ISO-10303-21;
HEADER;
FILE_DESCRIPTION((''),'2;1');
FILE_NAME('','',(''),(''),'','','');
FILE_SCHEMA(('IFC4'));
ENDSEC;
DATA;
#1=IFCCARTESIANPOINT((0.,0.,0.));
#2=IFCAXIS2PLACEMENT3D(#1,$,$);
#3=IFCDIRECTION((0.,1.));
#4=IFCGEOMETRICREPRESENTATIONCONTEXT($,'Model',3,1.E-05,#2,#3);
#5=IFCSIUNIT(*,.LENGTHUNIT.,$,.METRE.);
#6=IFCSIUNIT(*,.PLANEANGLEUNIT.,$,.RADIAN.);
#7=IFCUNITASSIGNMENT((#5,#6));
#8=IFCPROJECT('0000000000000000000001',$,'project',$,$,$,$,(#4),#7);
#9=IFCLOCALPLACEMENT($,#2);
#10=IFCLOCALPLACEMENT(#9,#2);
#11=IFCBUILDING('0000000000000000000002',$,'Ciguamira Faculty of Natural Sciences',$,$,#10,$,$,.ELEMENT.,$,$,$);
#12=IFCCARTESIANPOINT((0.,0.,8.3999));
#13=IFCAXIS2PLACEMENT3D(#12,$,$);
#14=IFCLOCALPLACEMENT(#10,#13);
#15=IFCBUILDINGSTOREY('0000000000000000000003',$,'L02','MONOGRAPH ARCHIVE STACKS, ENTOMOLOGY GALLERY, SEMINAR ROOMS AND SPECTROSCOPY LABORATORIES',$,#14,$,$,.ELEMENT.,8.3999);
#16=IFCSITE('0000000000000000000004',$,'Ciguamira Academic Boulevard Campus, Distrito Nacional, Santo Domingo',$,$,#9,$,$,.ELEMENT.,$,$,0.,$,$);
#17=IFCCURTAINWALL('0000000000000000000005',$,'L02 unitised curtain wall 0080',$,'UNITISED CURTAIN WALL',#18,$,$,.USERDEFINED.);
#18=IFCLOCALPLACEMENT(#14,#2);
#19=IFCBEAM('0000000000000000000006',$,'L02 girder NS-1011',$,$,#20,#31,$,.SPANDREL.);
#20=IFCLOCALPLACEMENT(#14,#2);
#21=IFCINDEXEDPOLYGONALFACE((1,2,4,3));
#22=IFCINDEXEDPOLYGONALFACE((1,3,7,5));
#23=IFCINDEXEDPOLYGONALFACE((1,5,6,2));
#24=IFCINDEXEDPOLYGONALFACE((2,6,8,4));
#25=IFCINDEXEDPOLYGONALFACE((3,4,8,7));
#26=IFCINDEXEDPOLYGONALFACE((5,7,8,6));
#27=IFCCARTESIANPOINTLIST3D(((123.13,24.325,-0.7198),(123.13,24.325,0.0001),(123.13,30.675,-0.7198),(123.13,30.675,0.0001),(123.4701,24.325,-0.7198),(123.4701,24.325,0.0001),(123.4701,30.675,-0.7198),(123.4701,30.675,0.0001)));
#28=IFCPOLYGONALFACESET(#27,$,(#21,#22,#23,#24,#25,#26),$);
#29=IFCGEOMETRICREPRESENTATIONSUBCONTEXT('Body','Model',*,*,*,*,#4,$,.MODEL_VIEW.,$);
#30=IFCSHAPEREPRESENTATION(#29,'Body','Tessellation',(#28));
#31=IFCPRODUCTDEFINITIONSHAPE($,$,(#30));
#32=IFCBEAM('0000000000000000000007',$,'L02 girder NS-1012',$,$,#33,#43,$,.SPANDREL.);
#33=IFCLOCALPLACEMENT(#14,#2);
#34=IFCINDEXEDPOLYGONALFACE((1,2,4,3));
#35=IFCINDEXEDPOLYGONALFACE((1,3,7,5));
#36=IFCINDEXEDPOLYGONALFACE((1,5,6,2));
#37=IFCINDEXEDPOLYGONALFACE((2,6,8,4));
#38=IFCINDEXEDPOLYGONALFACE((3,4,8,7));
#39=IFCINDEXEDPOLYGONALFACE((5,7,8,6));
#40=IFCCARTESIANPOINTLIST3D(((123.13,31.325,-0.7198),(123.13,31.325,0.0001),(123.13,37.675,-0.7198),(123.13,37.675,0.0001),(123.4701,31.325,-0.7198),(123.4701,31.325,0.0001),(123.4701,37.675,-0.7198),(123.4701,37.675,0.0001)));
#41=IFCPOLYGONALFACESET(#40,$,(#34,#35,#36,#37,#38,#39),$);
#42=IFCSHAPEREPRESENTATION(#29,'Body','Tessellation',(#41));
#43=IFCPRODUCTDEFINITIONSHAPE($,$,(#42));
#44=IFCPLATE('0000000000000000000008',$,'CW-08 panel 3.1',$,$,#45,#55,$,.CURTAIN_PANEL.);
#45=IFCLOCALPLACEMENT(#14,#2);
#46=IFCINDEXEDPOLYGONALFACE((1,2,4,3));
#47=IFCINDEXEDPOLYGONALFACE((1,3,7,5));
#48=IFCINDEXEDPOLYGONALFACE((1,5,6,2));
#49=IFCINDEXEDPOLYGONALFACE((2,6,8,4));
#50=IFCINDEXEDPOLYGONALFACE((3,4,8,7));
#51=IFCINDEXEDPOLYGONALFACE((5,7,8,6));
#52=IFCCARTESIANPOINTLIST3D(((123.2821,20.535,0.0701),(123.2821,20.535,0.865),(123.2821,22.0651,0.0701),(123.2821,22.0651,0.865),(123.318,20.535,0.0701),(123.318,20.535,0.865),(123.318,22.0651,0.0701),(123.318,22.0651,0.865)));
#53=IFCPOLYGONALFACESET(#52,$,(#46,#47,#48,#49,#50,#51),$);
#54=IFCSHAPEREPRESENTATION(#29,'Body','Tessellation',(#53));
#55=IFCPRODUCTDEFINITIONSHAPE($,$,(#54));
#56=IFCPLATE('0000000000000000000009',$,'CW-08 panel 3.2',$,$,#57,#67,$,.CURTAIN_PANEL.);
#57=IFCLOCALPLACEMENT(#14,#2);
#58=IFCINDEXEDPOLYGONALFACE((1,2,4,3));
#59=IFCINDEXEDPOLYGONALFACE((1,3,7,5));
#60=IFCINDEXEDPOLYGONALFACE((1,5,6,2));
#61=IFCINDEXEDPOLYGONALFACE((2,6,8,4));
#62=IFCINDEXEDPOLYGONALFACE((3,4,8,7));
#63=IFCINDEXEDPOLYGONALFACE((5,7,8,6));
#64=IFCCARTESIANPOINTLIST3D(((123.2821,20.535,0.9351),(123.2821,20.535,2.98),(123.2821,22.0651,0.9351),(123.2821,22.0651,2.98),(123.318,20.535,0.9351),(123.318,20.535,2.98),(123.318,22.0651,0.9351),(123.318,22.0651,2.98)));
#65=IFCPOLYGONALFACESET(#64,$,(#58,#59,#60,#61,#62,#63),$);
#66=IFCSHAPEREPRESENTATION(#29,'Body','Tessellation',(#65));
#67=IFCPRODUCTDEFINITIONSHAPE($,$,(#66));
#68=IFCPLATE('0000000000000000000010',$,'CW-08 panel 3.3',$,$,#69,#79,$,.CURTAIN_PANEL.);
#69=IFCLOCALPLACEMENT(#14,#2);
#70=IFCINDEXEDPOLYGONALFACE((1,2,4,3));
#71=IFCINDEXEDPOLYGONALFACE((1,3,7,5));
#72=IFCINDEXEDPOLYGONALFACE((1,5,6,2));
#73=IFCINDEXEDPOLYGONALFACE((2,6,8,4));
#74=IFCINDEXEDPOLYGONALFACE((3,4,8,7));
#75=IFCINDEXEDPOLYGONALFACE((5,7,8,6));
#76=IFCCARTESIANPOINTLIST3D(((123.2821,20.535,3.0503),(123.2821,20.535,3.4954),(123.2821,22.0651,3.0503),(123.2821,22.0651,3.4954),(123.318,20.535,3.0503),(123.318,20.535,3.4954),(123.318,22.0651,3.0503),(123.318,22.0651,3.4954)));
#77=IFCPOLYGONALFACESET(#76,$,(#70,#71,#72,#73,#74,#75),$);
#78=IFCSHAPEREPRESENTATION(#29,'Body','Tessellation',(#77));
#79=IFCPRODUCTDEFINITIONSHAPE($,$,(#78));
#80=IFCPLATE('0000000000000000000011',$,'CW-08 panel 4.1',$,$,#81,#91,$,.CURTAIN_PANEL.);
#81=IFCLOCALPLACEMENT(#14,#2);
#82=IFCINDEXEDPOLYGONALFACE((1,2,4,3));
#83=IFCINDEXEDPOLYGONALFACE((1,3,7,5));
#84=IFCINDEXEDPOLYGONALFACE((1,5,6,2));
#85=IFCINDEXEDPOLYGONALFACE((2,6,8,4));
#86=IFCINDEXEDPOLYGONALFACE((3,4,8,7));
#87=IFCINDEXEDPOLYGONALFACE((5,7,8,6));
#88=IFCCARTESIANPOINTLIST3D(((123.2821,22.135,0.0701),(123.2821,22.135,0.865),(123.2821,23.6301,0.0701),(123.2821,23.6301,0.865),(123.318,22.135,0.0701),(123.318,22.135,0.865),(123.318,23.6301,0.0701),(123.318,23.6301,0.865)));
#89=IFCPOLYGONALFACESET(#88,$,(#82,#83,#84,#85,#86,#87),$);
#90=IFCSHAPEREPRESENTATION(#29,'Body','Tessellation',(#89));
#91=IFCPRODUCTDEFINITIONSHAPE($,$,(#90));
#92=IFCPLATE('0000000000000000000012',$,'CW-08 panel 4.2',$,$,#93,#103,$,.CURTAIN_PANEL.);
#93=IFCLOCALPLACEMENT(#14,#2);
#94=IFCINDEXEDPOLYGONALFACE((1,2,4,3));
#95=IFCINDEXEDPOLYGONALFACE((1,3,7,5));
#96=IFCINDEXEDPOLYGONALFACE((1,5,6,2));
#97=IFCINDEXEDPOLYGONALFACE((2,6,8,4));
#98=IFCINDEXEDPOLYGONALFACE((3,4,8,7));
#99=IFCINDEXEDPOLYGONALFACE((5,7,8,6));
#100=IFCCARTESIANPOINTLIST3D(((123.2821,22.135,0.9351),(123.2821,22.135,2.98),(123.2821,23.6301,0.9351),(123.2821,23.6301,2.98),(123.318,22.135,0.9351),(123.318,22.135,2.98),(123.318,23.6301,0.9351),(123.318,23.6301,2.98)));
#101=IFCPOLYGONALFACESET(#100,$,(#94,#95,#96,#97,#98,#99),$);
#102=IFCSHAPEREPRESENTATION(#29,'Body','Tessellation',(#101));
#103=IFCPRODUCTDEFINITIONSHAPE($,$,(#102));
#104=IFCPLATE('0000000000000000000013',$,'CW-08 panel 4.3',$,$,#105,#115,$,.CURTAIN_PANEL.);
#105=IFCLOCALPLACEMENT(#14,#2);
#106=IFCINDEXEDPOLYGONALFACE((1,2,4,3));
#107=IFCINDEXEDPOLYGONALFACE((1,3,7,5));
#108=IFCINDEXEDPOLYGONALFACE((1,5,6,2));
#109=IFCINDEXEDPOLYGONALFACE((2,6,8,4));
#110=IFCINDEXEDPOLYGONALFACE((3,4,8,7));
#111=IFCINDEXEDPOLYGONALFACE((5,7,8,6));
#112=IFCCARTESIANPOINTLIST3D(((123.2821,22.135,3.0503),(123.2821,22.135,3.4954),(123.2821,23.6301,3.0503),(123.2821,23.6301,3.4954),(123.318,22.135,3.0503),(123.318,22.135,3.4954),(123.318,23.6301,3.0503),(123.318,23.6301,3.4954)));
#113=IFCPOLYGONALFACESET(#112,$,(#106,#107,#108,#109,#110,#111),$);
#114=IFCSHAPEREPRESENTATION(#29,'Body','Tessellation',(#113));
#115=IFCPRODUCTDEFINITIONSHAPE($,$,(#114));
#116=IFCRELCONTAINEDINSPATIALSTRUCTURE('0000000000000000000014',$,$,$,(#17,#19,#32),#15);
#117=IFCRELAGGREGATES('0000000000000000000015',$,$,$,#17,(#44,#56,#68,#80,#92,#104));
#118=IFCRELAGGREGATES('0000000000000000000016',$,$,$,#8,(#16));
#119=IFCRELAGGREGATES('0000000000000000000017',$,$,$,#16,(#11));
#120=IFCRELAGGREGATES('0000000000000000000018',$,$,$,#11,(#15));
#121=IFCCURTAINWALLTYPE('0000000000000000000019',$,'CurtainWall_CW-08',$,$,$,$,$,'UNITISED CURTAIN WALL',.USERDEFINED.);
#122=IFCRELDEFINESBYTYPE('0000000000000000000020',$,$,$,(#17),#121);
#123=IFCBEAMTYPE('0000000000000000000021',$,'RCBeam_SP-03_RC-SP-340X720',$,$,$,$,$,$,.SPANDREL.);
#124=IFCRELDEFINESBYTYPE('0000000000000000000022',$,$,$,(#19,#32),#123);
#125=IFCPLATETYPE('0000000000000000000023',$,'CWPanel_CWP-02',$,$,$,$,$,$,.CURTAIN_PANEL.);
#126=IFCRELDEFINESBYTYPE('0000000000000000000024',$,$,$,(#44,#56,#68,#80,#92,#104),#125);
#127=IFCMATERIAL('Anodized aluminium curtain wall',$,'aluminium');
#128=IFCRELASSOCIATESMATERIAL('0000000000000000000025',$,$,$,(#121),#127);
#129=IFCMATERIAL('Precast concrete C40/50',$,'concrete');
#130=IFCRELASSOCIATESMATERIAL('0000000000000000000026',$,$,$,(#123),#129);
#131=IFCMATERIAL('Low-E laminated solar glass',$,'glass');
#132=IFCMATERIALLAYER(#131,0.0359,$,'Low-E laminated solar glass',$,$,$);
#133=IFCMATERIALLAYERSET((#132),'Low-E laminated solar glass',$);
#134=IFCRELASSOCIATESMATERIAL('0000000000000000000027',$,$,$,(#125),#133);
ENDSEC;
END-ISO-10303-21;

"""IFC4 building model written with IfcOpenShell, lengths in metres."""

from ifc_helpers import new_model, si_unit, direction, frame, origin, origin_2d, place, context, subcontext, project, spatial, rectangle, extrude, material, layer, layer_set, material_profile, profile_set, type_object, element, aggregate, save


model = new_model("IFC4")

# Units and contexts
model_context = context("Model", 3, precision=1e-05, world=origin(), true_north=direction((0.0, 1.0)))
body_context = subcontext(model_context, "Body", "Model", "MODEL_VIEW")
ifc_project = project(units=[si_unit("LENGTHUNIT", "METRE"), si_unit("PLANEANGLEUNIT", "RADIAN")], contexts=[model_context])

# Site, building, storey
site_placement = place(None, origin())
site = spatial("IfcSite", under=ifc_project, at=site_placement, Name="Ciguamira Academic Boulevard Campus, Distrito Nacional, Santo Domingo", CompositionType="ELEMENT", RefElevation=0.0)
building_placement = place(site_placement, origin())
building = spatial("IfcBuilding", under=site, at=building_placement, Name="Ciguamira Faculty of Natural Sciences", CompositionType="ELEMENT")
storey_placement = place(building_placement, frame((0.0, 0.0, 8.3999)))
storey = spatial("IfcBuildingStorey", under=building, at=storey_placement, Name="L02", Description="MONOGRAPH ARCHIVE STACKS, ENTOMOLOGY GALLERY, SEMINAR ROOMS AND SPECTROSCOPY LABORATORIES", CompositionType="ELEMENT", Elevation=8.3999)

# Curtain wall
ifc_material_1 = material(Name="Anodized aluminium curtain wall", Category="aluminium")
curtain_wall_type = type_object("IfcCurtainWallType", Name="CurtainWall_CW-08", ElementType="UNITISED CURTAIN WALL", PredefinedType="USERDEFINED", material=ifc_material_1)
curtain_wall_placement = place(storey_placement, origin())
curtain_wall = element("IfcCurtainWall", 1, at=curtain_wall_placement, inside=storey, type_object=curtain_wall_type, Name="L02 unitised curtain wall 0080", ObjectType="UNITISED CURTAIN WALL", PredefinedType="USERDEFINED")

# Beams
ifc_material_2 = material(Name="Precast concrete C40/50", Category="concrete")
ifc_material_profile_1 = material_profile(ifc_material_2, rectangle(XDim=0.3401, YDim=0.72, at=origin_2d()), Name="RC-SP-340X720")
ifc_profile_set_1 = profile_set([ifc_material_profile_1], Name="Precast concrete C40/50")
beam_type_1 = type_object("IfcBeamType", Name="RCBeam_SP-03_RC-SP-340X720", PredefinedType="SPANDREL", material=ifc_profile_set_1)
for number, where, z_axis, x_axis, name in (
    (2, (123.3, 24.325, -0.3599), (0.0, 1.0, 0.0), (-1.0, 0.0, 0.0), "L02 girder NS-1011"),
    (3, (123.3, 31.325, -0.3599), (0.0, 1.0, 0.0), (-1.0, 0.0, 0.0), "L02 girder NS-1012"),
):
    element("IfcBeam", number, at=place(storey_placement, frame(where, z_axis=z_axis, x_axis=x_axis)), inside=storey, type_object=beam_type_1, Name=name, PredefinedType="SPANDREL", context=body_context, shape_type="SweptSolid", body=[
        extrude(rectangle(XDim=0.3401, YDim=0.72, at=origin_2d()), origin(), (0.0, 0.0, 1.0), 6.3501),
    ])

# Plates
ifc_material_3 = material(Name="Low-E laminated solar glass", Category="glass")
ifc_layer = layer(ifc_material_3, 0.0359, Name="Low-E laminated solar glass")
ifc_layer_set = layer_set([ifc_layer], Name="Low-E laminated solar glass")
plate_type = type_object("IfcPlateType", Name="CWPanel_CWP-02", PredefinedType="CURTAIN_PANEL", material=ifc_layer_set)
plate_1_placement = place(storey_placement, frame((123.3, 21.3, 0.0701), z_axis=(0.0, 0.0, 1.0), x_axis=(0.0, 1.0, 0.0)))
plate_1 = element("IfcPlate", 4, at=plate_1_placement, type_object=plate_type, Name="CW-08 panel 3.1", PredefinedType="CURTAIN_PANEL", context=body_context, shape_type="SweptSolid", body=[
    extrude(rectangle(XDim=1.53, YDim=0.0359, at=origin_2d()), origin(), (0.0, 0.0, 1.0), 0.7949),
])
plate_2_placement = place(storey_placement, frame((123.3, 21.3, 0.9351), z_axis=(0.0, 0.0, 1.0), x_axis=(0.0, 1.0, 0.0)))
plate_2 = element("IfcPlate", 5, at=plate_2_placement, type_object=plate_type, Name="CW-08 panel 3.2", PredefinedType="CURTAIN_PANEL", context=body_context, shape_type="SweptSolid", body=[
    extrude(rectangle(XDim=1.53, YDim=0.0359, at=origin_2d()), origin(), (0.0, 0.0, 1.0), 2.0449),
])
plate_3_placement = place(storey_placement, frame((123.3, 21.3, 3.0503), z_axis=(0.0, 0.0, 1.0), x_axis=(0.0, 1.0, 0.0)))
plate_3 = element("IfcPlate", 6, at=plate_3_placement, type_object=plate_type, Name="CW-08 panel 3.3", PredefinedType="CURTAIN_PANEL", context=body_context, shape_type="SweptSolid", body=[
    extrude(rectangle(XDim=1.53, YDim=0.0359, at=origin_2d()), origin(), (0.0, 0.0, 1.0), 0.4451),
])
plate_4_placement = place(storey_placement, frame((123.3, 22.8826, 0.0701), z_axis=(0.0, 0.0, 1.0), x_axis=(0.0, 1.0, 0.0)))
plate_4 = element("IfcPlate", 7, at=plate_4_placement, type_object=plate_type, Name="CW-08 panel 4.1", PredefinedType="CURTAIN_PANEL", context=body_context, shape_type="SweptSolid", body=[
    extrude(rectangle(XDim=1.4951, YDim=0.0359, at=origin_2d()), origin(), (0.0, 0.0, 1.0), 0.7949),
])
plate_5_placement = place(storey_placement, frame((123.3, 22.8826, 0.9351), z_axis=(0.0, 0.0, 1.0), x_axis=(0.0, 1.0, 0.0)))
plate_5 = element("IfcPlate", 8, at=plate_5_placement, type_object=plate_type, Name="CW-08 panel 4.2", PredefinedType="CURTAIN_PANEL", context=body_context, shape_type="SweptSolid", body=[
    extrude(rectangle(XDim=1.4951, YDim=0.0359, at=origin_2d()), origin(), (0.0, 0.0, 1.0), 2.0449),
])
plate_6_placement = place(storey_placement, frame((123.3, 22.8826, 3.0503), z_axis=(0.0, 0.0, 1.0), x_axis=(0.0, 1.0, 0.0)))
plate_6 = element("IfcPlate", 9, at=plate_6_placement, type_object=plate_type, Name="CW-08 panel 4.3", PredefinedType="CURTAIN_PANEL", context=body_context, shape_type="SweptSolid", body=[
    extrude(rectangle(XDim=1.4951, YDim=0.0359, at=origin_2d()), origin(), (0.0, 0.0, 1.0), 0.4451),
])
aggregate(curtain_wall, [plate_1, plate_2, plate_3, plate_4, plate_5, plate_6])

save(model, "model.ifc")
